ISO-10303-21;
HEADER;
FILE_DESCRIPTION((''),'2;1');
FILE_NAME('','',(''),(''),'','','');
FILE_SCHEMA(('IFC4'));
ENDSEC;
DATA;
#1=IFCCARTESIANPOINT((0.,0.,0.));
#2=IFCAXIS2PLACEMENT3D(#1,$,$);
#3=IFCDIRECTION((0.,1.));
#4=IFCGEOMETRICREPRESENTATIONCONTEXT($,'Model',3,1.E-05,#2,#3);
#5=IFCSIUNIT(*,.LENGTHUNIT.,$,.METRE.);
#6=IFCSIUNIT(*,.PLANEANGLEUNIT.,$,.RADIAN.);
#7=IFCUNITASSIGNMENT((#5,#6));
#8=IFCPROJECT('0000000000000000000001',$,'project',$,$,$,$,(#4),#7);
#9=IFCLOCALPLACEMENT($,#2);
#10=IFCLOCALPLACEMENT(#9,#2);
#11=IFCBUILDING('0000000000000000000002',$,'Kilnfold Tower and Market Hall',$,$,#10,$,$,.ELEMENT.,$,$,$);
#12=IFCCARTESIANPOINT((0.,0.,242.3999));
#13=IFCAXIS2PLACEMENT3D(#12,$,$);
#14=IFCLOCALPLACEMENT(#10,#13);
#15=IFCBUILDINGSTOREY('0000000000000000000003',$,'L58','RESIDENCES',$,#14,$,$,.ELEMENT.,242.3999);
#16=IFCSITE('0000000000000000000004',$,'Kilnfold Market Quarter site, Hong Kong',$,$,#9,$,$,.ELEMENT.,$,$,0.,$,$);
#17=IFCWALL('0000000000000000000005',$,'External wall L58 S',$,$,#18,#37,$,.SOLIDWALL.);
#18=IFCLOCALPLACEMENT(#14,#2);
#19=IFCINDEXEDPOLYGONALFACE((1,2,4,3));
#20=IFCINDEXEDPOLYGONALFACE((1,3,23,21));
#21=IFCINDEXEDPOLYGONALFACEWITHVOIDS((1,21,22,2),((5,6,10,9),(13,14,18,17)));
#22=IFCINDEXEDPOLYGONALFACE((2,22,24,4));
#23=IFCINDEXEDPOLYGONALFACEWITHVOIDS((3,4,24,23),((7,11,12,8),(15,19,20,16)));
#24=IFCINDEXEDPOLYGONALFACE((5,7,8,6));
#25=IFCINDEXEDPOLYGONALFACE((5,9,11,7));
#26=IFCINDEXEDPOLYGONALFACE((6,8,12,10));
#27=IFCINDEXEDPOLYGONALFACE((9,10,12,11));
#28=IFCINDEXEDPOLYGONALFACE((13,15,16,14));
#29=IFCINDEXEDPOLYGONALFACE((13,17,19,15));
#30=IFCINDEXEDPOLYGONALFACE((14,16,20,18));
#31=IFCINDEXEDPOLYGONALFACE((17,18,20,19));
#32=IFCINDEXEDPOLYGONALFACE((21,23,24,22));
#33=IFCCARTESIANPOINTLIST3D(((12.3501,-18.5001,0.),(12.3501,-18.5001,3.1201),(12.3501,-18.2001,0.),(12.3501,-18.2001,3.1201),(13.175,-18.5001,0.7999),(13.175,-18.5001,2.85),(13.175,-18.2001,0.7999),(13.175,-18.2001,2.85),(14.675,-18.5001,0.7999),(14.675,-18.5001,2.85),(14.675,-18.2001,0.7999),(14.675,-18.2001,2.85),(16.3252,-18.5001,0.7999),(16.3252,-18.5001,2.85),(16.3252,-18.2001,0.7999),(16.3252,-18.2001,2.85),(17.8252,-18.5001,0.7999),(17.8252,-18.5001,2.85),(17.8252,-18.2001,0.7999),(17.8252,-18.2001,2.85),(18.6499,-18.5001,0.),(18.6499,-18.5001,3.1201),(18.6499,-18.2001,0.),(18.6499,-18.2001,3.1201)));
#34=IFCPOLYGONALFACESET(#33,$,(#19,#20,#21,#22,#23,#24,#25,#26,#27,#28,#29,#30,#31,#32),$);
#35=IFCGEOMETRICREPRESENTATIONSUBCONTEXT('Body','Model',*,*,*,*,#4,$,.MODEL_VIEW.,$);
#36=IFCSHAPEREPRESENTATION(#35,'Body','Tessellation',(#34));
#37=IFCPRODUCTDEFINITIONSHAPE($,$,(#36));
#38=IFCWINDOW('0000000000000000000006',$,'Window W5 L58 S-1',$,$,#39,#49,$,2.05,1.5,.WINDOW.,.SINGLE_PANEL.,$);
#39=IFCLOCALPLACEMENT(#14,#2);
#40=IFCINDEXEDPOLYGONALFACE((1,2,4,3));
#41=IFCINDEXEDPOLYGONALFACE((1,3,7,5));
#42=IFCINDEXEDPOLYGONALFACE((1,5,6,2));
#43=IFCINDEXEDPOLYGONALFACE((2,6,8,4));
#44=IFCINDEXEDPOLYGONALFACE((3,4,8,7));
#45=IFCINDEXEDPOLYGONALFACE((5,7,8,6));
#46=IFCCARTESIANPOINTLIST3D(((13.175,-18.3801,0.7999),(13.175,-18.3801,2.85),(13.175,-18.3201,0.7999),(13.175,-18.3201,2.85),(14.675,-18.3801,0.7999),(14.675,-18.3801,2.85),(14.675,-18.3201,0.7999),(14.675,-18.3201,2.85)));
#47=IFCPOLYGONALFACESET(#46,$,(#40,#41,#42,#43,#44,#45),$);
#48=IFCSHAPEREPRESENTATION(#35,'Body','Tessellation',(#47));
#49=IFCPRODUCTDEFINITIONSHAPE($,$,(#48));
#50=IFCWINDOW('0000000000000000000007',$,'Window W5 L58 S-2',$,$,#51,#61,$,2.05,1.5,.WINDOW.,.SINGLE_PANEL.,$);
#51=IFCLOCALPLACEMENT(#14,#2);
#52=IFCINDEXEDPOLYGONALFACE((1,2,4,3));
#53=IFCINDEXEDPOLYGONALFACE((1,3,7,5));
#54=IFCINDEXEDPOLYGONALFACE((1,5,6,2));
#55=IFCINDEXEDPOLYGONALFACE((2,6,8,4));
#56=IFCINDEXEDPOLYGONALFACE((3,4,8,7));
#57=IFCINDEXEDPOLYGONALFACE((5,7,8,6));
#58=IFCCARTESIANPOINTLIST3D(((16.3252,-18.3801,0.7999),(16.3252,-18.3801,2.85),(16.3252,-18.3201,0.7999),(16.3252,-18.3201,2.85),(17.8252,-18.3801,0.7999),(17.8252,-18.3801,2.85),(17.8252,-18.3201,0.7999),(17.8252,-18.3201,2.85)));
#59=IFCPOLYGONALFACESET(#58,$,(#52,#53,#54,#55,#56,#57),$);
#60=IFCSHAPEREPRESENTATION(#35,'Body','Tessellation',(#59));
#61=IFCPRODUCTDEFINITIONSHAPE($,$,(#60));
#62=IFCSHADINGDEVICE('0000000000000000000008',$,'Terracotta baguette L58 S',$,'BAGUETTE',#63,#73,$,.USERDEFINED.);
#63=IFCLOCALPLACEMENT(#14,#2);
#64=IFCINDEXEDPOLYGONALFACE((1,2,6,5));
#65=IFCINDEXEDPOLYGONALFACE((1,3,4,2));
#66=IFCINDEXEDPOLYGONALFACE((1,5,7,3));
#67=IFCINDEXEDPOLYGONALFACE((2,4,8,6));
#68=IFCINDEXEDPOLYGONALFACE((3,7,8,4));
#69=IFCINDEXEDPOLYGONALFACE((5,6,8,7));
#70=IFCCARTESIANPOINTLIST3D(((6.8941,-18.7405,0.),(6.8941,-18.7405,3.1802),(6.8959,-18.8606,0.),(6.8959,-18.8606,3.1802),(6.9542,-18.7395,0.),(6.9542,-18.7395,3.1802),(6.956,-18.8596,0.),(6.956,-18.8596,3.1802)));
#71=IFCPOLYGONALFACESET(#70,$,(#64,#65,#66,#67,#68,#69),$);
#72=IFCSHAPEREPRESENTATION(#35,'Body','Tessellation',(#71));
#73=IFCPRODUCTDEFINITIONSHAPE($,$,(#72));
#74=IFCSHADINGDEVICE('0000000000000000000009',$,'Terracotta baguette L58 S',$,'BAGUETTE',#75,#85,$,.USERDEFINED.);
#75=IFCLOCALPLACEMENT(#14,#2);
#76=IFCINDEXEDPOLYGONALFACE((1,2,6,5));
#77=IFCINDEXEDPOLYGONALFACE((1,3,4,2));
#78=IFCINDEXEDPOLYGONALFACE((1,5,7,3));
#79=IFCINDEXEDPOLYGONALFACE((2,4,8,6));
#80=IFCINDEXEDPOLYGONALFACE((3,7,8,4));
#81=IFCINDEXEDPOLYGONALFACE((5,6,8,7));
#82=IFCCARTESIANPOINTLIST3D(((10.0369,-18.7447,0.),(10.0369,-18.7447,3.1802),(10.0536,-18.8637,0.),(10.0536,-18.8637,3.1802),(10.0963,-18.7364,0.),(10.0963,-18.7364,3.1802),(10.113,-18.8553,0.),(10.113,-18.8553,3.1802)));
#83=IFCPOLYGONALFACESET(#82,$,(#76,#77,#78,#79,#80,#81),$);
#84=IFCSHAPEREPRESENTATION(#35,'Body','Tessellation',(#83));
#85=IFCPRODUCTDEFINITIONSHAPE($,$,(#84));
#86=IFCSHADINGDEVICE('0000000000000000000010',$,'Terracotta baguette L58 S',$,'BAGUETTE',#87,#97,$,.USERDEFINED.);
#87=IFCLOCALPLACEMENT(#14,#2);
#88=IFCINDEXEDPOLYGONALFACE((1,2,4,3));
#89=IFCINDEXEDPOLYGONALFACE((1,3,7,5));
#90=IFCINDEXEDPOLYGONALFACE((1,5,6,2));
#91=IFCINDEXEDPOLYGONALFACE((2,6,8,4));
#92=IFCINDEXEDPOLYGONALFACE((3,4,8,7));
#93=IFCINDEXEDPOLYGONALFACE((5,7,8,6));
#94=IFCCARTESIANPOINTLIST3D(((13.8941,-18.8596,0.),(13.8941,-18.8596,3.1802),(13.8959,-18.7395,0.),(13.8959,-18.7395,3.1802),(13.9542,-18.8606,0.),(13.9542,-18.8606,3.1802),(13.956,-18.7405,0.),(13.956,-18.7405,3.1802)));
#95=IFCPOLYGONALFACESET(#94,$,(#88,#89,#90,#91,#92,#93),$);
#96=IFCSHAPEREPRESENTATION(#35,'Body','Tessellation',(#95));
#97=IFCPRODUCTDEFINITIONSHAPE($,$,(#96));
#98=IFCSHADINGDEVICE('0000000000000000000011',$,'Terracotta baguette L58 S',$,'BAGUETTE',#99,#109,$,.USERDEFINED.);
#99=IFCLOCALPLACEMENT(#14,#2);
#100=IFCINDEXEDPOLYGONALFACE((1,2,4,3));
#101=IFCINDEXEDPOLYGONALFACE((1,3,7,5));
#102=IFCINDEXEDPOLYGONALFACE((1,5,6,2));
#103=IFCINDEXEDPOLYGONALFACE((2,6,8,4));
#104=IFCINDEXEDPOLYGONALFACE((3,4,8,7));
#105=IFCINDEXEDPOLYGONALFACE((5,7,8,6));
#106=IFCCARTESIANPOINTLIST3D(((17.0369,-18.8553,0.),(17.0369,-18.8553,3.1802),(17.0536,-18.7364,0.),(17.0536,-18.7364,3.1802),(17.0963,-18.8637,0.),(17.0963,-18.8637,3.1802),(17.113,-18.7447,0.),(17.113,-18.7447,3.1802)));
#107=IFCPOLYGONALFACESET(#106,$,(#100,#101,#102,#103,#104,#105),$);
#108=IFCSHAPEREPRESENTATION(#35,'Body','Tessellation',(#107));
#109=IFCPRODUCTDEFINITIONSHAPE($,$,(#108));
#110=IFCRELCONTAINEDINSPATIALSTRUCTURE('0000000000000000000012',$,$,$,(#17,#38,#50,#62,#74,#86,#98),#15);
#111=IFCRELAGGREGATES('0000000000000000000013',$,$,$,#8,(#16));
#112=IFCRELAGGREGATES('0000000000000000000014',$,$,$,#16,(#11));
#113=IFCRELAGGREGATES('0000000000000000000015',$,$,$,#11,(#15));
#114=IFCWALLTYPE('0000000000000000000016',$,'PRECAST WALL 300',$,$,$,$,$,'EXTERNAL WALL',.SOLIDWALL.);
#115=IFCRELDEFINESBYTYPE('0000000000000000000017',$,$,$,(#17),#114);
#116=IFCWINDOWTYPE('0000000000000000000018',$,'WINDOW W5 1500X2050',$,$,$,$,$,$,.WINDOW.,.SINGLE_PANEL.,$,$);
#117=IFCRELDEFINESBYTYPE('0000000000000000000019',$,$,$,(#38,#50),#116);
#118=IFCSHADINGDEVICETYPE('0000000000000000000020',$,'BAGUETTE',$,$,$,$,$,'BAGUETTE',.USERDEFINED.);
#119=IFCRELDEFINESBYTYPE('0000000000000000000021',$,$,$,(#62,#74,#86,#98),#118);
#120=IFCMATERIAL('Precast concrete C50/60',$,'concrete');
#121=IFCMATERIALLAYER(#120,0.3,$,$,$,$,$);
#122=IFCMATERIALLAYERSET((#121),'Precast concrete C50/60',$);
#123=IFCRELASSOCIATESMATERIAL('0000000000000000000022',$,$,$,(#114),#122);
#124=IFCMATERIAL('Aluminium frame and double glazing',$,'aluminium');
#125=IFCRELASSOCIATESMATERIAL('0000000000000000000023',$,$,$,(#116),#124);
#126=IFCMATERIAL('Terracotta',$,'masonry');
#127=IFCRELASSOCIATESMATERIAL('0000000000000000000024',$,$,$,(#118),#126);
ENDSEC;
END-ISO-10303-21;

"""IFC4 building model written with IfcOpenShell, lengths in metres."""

from ifc_helpers import new_model, si_unit, direction, frame, frame_2d, origin, origin_2d, place, context, subcontext, project, spatial, rectangle, extrude, source, transform, mapped, material, layer, layer_set, material_profile, profile_set, type_object, element, fill, save


model = new_model("IFC4")

# Units and contexts
model_context = context("Model", 3, precision=1e-05, world=origin(), true_north=direction((0.0, 1.0)))
body_context = subcontext(model_context, "Body", "Model", "MODEL_VIEW")
ifc_project = project(units=[si_unit("LENGTHUNIT", "METRE"), si_unit("PLANEANGLEUNIT", "RADIAN")], contexts=[model_context])

# Site, building, storey
site_placement = place(None, origin())
site = spatial("IfcSite", under=ifc_project, at=site_placement, Name="Kilnfold Market Quarter site, Hong Kong", CompositionType="ELEMENT", RefElevation=0.0)
building_placement = place(site_placement, origin())
building = spatial("IfcBuilding", under=site, at=building_placement, Name="Kilnfold Tower and Market Hall", CompositionType="ELEMENT")
storey_placement = place(building_placement, frame((0.0, 0.0, 242.3999)))
storey = spatial("IfcBuildingStorey", under=building, at=storey_placement, Name="L58", Description="RESIDENCES", CompositionType="ELEMENT", Elevation=242.3999)

# Wall, openings, windows
ifc_material_1 = material(Name="Precast concrete C50/60", Category="concrete")
ifc_layer_1 = layer(ifc_material_1, 0.3)
ifc_layer_set_1 = layer_set([ifc_layer_1], Name="Precast concrete C50/60")
wall_type_1 = type_object("IfcWallType", Name="PRECAST WALL 300", ElementType="EXTERNAL WALL", PredefinedType="SOLIDWALL", material=ifc_layer_set_1)
shared_shape_1 = source(origin(), body_context, "Body", "SweptSolid", [
    extrude(rectangle(XDim=6.2998, YDim=0.3, at=frame_2d((3.1499, 0.0))), origin(), (0.0, 0.0, 1.0), 3.1201),
])
ifc_material_2 = material(Name="Aluminium frame and double glazing", Category="aluminium")
window_type = type_object("IfcWindowType", Name="WINDOW W5 1500X2050", PartitioningType="SINGLE_PANEL", PredefinedType="WINDOW", material=ifc_material_2)
wall_1_placement = place(storey_placement, frame((12.3501, -18.3501, 0.0), z_axis=(0.0, 0.0, 1.0), x_axis=(1.0, 0.0, 0.0)))
wall_1 = element("IfcWall", 1, at=wall_1_placement, inside=storey, type_object=wall_type_1, Name="External wall L58 S", PredefinedType="SOLIDWALL", context=body_context, shape_type="MappedRepresentation", body=[
    mapped(shared_shape_1, transform((0.0, 0.0, 0.0))),
])
opening_1_placement = place(wall_1_placement, frame((0.825, 0.0, 0.8)))
opening_1 = element("IfcOpeningElement", 2, at=opening_1_placement, cuts=wall_1, PredefinedType="OPENING", context=body_context, shape_type="SweptSolid", body=[
    extrude(rectangle(XDim=1.5, YDim=2.05, at=frame_2d((0.75, 1.0249))), frame((0.0, 0.1602, 0.0), z_axis=(0.0, -1.0, 0.0), x_axis=(1.0, 0.0, 0.0)), (0.0, 0.0, 1.0), 0.3201),
])
opening_2_placement = place(wall_1_placement, frame((3.9751, 0.0, 0.8)))
opening_2 = element("IfcOpeningElement", 3, at=opening_2_placement, cuts=wall_1, PredefinedType="OPENING", context=body_context, shape_type="SweptSolid", body=[
    extrude(rectangle(XDim=1.5, YDim=2.05, at=frame_2d((0.75, 1.0249))), frame((0.0, 0.1602, 0.0), z_axis=(0.0, -1.0, 0.0), x_axis=(1.0, 0.0, 0.0)), (0.0, 0.0, 1.0), 0.3201),
])
window_1_placement = place(opening_1_placement, origin())
window_1 = element("IfcWindow", 4, at=window_1_placement, inside=storey, type_object=window_type, Name="Window W5 L58 S-1", OverallHeight=2.05, OverallWidth=1.5, PartitioningType="SINGLE_PANEL", PredefinedType="WINDOW", context=body_context, shape_type="SweptSolid", body=[
    extrude(rectangle(XDim=1.5, YDim=2.05, at=frame_2d((0.75, 1.0249))), frame((0.0, 0.03, 0.0), z_axis=(0.0, -1.0, 0.0), x_axis=(1.0, 0.0, 0.0)), (0.0, 0.0, 1.0), 0.0601),
])
fill(opening_1, window_1)
window_2_placement = place(opening_2_placement, origin())
window_2 = element("IfcWindow", 5, at=window_2_placement, inside=storey, type_object=window_type, Name="Window W5 L58 S-2", OverallHeight=2.05, OverallWidth=1.5, PartitioningType="SINGLE_PANEL", PredefinedType="WINDOW", context=body_context, shape_type="SweptSolid", body=[
    extrude(rectangle(XDim=1.5, YDim=2.05, at=frame_2d((0.75, 1.0249))), frame((0.0, 0.03, 0.0), z_axis=(0.0, -1.0, 0.0), x_axis=(1.0, 0.0, 0.0)), (0.0, 0.0, 1.0), 0.0601),
])
fill(opening_2, window_2)

# Shading devices
ifc_material_3 = material(Name="Terracotta", Category="masonry")
ifc_material_profile_1 = material_profile(ifc_material_3, rectangle(XDim=0.0601, YDim=0.1201, at=origin_2d()), Name="BAG 60x120")
ifc_profile_set_1 = profile_set([ifc_material_profile_1], Name="Terracotta")
shading_device_type = type_object("IfcShadingDeviceType", Name="BAGUETTE", ElementType="BAGUETTE", PredefinedType="USERDEFINED", material=ifc_profile_set_1)
shared_shape_2 = source(origin(), body_context, "Body", "SweptSolid", [
    extrude(rectangle(XDim=0.0601, YDim=0.1201, at=origin_2d()), origin(), (0.0, 0.0, 1.0), 3.1802),
])
for number, where, z_axis, x_axis, name in (
    (6, (6.925, -18.8, 0.0), (0.0, 0.0, 1.0), (0.999883, 0.015322, 0.0), "Terracotta baguette L58 S"),
    (7, (10.075, -18.8, 0.0), (0.0, 0.0, 1.0), (0.99029, 0.139019, 0.0), "Terracotta baguette L58 S"),
    (8, (13.925, -18.8, 0.0), (0.0, 0.0, 1.0), (0.999883, -0.015322, 0.0), "Terracotta baguette L58 S"),
    (9, (17.075, -18.8, 0.0), (0.0, 0.0, 1.0), (0.99029, -0.139019, 0.0), "Terracotta baguette L58 S"),
):
    element("IfcShadingDevice", number, at=place(storey_placement, frame(where, z_axis=z_axis, x_axis=x_axis)), inside=storey, type_object=shading_device_type, Name=name, ObjectType="BAGUETTE", PredefinedType="USERDEFINED", context=body_context, shape_type="MappedRepresentation", body=[
        mapped(shared_shape_2, transform((0.0, 0.0, 0.0))),
    ])

save(model, "model.ifc")
